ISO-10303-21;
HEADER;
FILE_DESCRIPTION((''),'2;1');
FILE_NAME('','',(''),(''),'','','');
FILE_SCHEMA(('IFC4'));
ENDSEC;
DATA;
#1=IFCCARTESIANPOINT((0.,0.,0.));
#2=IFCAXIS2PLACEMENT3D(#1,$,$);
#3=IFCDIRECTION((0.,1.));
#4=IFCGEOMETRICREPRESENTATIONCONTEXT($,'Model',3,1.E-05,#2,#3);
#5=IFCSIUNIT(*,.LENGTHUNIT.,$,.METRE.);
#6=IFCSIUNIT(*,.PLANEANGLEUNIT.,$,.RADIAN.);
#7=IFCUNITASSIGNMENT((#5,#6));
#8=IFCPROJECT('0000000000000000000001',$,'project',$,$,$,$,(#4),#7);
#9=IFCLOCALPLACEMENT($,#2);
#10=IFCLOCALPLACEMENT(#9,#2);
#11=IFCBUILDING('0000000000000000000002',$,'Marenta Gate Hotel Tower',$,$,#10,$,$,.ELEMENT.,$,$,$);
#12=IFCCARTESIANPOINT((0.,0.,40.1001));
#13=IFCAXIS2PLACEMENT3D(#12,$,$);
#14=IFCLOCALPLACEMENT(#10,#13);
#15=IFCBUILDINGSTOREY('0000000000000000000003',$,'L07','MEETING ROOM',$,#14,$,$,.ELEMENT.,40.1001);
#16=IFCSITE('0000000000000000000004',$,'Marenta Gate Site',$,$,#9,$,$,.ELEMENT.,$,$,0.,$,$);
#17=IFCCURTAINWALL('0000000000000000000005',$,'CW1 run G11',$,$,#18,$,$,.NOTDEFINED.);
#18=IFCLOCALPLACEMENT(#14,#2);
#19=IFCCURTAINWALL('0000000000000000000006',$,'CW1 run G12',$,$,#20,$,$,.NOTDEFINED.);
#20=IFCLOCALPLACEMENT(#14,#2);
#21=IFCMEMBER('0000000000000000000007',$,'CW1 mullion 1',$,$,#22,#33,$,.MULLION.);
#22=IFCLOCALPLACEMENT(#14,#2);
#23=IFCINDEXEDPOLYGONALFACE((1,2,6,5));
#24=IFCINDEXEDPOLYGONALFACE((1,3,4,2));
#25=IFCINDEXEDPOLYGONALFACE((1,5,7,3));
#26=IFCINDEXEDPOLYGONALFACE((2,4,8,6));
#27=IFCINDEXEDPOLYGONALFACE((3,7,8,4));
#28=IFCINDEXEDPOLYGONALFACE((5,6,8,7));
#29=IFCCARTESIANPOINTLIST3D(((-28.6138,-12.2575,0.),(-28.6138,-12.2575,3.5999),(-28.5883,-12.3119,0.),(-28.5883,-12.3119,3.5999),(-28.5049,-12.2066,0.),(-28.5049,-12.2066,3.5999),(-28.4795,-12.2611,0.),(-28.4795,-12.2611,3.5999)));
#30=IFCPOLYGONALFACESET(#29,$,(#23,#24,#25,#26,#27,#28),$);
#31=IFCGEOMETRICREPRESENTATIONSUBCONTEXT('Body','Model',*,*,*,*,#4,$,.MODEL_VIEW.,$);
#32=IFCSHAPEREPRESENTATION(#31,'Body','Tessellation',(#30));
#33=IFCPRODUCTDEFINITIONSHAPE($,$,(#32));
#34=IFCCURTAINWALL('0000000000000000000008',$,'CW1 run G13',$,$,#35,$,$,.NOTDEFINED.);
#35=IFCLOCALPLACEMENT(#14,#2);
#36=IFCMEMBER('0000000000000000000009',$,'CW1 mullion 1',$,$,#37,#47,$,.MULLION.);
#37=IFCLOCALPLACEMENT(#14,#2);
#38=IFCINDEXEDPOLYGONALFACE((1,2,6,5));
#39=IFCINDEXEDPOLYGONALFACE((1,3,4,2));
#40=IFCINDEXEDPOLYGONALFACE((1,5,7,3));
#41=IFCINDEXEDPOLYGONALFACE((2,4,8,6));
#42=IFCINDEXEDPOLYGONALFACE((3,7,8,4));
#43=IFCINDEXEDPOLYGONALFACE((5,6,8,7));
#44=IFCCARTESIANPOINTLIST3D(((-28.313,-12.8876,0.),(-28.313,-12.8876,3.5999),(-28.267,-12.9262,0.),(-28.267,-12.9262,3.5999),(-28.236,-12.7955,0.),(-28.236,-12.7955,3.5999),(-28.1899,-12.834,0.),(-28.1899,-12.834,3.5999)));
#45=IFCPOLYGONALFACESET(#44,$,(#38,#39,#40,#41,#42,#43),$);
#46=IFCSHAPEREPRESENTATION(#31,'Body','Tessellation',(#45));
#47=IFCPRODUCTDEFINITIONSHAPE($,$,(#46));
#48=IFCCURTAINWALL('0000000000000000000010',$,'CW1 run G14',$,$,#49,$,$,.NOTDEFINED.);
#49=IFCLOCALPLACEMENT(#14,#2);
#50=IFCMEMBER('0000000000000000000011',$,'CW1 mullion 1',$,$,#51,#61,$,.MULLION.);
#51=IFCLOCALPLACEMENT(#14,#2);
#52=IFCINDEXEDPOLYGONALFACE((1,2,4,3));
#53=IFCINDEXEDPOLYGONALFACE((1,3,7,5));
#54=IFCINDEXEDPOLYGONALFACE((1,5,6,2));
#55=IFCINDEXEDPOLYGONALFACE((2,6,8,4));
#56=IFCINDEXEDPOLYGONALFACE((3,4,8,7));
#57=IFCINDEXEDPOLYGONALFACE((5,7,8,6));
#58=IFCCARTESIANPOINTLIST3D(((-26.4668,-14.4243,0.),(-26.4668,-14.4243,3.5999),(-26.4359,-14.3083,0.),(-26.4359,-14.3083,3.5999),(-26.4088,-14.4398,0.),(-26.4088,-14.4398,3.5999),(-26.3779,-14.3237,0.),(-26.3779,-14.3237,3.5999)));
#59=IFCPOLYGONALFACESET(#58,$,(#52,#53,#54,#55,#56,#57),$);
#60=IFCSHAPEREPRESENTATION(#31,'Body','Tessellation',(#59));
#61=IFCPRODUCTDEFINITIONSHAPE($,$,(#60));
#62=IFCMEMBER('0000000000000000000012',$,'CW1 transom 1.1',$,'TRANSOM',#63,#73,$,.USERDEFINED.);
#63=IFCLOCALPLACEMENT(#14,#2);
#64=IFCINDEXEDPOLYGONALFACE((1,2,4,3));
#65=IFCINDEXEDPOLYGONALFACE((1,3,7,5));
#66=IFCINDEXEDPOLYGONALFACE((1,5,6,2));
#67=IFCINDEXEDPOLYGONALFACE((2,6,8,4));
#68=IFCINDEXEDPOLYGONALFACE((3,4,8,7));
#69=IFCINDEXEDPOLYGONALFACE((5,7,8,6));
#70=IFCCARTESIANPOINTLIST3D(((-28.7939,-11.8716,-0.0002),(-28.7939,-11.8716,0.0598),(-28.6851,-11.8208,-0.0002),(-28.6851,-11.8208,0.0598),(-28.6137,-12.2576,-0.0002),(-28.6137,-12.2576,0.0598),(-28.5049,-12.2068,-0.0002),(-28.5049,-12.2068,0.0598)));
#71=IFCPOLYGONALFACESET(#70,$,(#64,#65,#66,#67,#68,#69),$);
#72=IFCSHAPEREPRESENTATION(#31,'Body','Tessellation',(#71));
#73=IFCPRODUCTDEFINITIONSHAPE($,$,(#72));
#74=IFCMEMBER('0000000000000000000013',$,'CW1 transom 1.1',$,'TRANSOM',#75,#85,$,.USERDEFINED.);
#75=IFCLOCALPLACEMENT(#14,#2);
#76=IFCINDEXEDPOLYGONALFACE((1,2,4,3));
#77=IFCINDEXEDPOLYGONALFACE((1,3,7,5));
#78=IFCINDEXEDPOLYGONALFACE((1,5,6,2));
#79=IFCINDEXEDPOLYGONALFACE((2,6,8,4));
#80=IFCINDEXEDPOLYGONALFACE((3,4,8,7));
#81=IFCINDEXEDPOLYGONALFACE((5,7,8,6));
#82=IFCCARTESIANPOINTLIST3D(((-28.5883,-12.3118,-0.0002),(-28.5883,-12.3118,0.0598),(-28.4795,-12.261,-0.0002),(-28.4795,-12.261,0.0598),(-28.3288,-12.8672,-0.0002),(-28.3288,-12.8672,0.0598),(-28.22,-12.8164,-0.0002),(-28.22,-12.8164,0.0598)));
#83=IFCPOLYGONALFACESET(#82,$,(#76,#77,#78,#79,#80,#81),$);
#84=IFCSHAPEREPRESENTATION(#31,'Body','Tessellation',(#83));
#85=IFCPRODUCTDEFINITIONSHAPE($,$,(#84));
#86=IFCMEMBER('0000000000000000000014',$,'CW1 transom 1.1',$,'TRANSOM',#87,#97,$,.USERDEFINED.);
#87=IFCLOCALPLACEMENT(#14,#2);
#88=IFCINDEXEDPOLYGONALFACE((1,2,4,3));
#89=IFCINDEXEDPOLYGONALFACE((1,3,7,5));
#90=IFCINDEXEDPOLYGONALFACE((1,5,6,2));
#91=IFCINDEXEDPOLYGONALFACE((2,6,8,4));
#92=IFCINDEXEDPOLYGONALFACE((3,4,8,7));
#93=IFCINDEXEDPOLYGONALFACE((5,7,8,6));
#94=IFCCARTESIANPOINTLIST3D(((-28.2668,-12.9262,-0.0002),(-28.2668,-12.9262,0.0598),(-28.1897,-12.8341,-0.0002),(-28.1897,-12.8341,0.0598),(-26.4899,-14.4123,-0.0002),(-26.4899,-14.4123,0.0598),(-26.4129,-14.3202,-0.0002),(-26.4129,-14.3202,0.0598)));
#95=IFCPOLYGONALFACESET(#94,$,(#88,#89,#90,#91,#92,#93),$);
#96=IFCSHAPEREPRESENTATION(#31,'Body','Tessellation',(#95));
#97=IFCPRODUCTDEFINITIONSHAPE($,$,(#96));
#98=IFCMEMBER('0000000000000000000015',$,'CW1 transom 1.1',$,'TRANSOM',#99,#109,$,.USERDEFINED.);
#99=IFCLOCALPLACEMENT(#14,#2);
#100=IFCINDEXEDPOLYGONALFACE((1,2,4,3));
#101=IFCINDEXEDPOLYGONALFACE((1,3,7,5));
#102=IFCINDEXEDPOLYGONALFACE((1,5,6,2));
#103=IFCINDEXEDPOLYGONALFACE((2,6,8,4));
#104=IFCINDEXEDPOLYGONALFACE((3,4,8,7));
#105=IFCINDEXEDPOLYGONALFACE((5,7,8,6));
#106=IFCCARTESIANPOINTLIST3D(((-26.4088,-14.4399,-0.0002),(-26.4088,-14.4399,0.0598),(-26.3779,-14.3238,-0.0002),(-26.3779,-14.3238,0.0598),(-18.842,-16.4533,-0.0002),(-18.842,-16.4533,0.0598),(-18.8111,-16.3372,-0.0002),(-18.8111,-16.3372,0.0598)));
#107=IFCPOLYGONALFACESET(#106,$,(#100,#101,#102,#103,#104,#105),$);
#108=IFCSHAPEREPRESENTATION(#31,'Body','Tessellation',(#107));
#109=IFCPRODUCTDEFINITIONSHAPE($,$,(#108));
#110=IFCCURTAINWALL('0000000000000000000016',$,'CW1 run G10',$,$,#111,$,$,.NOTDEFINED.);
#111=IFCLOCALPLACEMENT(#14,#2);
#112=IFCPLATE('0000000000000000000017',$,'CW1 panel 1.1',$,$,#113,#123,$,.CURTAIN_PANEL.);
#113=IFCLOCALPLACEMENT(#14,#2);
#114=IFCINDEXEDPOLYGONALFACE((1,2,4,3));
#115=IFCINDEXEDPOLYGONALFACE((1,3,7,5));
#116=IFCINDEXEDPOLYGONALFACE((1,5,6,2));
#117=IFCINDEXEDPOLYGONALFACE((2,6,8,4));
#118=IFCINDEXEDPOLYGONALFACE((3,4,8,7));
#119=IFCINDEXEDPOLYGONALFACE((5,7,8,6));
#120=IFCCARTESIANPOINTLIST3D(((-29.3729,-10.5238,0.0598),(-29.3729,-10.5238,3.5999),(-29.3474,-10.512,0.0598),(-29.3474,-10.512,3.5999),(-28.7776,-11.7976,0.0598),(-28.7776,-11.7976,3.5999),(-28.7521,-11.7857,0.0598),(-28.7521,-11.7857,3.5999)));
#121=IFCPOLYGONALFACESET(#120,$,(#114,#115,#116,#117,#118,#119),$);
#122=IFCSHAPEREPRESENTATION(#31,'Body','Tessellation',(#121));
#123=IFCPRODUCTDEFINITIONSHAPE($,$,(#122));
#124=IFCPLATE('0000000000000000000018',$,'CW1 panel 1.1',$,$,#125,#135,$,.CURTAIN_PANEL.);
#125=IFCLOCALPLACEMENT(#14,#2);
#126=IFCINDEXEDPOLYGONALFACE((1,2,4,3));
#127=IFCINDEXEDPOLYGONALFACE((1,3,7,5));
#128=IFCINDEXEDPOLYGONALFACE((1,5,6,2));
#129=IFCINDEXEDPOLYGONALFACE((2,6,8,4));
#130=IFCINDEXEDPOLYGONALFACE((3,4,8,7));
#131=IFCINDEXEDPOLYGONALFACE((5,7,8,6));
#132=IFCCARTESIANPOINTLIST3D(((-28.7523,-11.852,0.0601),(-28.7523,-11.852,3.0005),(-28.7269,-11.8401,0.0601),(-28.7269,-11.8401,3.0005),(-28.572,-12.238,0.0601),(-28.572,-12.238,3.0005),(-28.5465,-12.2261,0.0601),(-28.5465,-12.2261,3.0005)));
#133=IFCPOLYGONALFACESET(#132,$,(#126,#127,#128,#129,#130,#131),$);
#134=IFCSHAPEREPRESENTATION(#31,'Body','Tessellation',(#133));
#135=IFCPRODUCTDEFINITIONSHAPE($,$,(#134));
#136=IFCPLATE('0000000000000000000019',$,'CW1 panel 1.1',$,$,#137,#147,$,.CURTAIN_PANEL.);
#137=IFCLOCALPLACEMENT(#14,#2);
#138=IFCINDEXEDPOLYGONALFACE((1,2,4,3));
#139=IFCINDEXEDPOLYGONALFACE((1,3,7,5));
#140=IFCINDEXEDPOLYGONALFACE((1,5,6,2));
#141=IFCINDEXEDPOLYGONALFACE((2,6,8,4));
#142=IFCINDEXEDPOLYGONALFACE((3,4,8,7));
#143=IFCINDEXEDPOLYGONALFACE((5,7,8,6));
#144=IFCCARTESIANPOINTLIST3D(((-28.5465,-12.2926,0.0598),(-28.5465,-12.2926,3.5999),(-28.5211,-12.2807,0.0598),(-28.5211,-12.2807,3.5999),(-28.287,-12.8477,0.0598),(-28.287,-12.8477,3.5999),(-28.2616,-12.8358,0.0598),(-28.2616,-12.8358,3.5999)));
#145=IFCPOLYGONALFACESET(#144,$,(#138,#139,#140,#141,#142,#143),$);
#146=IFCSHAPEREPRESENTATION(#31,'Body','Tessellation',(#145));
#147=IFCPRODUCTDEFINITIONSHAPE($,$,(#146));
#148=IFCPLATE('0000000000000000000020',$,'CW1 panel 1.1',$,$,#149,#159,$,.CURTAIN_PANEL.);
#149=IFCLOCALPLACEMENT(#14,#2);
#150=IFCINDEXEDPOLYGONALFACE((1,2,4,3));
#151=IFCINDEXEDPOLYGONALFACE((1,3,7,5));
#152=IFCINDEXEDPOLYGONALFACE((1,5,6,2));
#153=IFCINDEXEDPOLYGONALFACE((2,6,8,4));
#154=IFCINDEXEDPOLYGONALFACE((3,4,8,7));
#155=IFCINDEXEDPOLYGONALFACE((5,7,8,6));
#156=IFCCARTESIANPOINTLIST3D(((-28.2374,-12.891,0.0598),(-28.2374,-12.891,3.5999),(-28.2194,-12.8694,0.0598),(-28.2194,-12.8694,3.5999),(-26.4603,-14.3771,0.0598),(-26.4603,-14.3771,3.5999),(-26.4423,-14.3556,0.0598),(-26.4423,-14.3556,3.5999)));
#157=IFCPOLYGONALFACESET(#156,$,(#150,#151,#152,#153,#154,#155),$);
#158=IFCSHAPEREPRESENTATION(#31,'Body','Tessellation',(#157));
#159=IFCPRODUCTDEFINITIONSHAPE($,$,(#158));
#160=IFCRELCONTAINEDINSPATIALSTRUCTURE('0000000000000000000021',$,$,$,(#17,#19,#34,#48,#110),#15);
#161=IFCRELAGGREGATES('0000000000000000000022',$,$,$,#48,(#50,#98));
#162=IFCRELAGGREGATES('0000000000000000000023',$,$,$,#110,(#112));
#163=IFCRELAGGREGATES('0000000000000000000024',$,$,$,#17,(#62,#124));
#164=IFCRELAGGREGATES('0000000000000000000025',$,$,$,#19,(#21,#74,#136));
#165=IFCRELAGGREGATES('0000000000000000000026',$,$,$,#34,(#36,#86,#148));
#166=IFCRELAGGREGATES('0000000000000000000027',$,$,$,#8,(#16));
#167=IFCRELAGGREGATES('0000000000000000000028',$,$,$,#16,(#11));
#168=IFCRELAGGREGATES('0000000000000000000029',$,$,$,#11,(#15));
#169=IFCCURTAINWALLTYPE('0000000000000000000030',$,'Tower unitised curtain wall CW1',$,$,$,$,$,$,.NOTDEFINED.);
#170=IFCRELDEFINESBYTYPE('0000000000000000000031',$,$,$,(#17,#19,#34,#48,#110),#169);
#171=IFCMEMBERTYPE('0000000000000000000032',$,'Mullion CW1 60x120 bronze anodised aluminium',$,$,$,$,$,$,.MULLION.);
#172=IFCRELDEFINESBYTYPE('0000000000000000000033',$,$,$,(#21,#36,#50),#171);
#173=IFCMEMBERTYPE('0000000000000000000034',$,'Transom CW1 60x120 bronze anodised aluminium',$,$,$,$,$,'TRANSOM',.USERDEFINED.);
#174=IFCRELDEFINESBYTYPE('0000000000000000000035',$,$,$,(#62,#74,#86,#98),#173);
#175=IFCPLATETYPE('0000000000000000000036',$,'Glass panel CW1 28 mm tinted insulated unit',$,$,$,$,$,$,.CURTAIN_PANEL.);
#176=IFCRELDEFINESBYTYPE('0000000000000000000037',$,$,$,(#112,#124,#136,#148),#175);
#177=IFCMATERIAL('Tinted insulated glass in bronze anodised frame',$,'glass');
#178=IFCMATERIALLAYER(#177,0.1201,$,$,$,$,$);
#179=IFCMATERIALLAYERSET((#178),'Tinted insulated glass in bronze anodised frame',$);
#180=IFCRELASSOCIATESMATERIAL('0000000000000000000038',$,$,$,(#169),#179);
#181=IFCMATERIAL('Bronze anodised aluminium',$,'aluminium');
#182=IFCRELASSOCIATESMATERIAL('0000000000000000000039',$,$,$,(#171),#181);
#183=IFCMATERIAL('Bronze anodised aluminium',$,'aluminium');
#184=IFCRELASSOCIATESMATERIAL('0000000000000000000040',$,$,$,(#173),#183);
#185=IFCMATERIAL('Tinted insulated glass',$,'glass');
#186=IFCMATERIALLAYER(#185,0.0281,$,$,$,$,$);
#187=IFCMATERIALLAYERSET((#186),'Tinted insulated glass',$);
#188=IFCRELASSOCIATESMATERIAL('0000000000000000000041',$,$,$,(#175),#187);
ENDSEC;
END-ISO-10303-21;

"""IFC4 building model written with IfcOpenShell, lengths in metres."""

from ifc_helpers import new_model, si_unit, direction, frame, origin, origin_2d, place, context, subcontext, project, spatial, rectangle, extrude, material, layer, layer_set, material_profile, profile_set, type_object, element, aggregate, save


model = new_model("IFC4")

# Units and contexts
model_context = context("Model", 3, precision=1e-05, world=origin(), true_north=direction((0.0, 1.0)))
body_context = subcontext(model_context, "Body", "Model", "MODEL_VIEW")
ifc_project = project(units=[si_unit("LENGTHUNIT", "METRE"), si_unit("PLANEANGLEUNIT", "RADIAN")], contexts=[model_context])

# Site, building, storey
site_placement = place(None, origin())
site = spatial("IfcSite", under=ifc_project, at=site_placement, Name="Marenta Gate Site", CompositionType="ELEMENT", RefElevation=0.0)
building_placement = place(site_placement, origin())
building = spatial("IfcBuilding", under=site, at=building_placement, Name="Marenta Gate Hotel Tower", CompositionType="ELEMENT")
storey_placement = place(building_placement, frame((0.0, 0.0, 40.1001)))
storey = spatial("IfcBuildingStorey", under=building, at=storey_placement, Name="L07", Description="MEETING ROOM", CompositionType="ELEMENT", Elevation=40.1001)

# Curtain walls, members
ifc_material_1 = material(Name="Tinted insulated glass in bronze anodised frame", Category="glass")
ifc_layer_1 = layer(ifc_material_1, 0.1201)
ifc_layer_set_1 = layer_set([ifc_layer_1], Name="Tinted insulated glass in bronze anodised frame")
curtain_wall_type = type_object("IfcCurtainWallType", Name="Tower unitised curtain wall CW1", PredefinedType="NOTDEFINED", material=ifc_layer_set_1)
curtain_wall_1_placement = place(storey_placement, origin())
curtain_wall_1 = element("IfcCurtainWall", 1, at=curtain_wall_1_placement, inside=storey, type_object=curtain_wall_type, Name="CW1 run G11", PredefinedType="NOTDEFINED")
ifc_material_2 = material(Name="Bronze anodised aluminium", Category="aluminium")
ifc_material_profile_1 = material_profile(ifc_material_2, rectangle(XDim=0.1201, YDim=0.0601, at=origin_2d()), Name="Mullion CW1 60x120 bronze anodised aluminium")
ifc_profile_set_1 = profile_set([ifc_material_profile_1], Name="Bronze anodised aluminium")
member_type_1 = type_object("IfcMemberType", Name="Mullion CW1 60x120 bronze anodised aluminium", PredefinedType="MULLION", material=ifc_profile_set_1)
curtain_wall_2_placement = place(storey_placement, origin())
curtain_wall_2 = element("IfcCurtainWall", 2, at=curtain_wall_2_placement, inside=storey, type_object=curtain_wall_type, Name="CW1 run G12", PredefinedType="NOTDEFINED")
member_1_placement = place(storey_placement, frame((-28.5466, -12.2593, 0.0), z_axis=(0.0, 0.0, 1.0), x_axis=(0.905944, 0.423398, 0.0)))
member_1 = element("IfcMember", 3, at=member_1_placement, type_object=member_type_1, Name="CW1 mullion 1", PredefinedType="MULLION", context=body_context, shape_type="SweptSolid", body=[
    extrude(rectangle(XDim=0.1201, YDim=0.0601, at=origin_2d()), origin(), (0.0, 0.0, 1.0), 3.5999),
])
curtain_wall_3_placement = place(storey_placement, origin())
curtain_wall_3 = element("IfcCurtainWall", 4, at=curtain_wall_3_placement, inside=storey, type_object=curtain_wall_type, Name="CW1 run G13", PredefinedType="NOTDEFINED")
member_2_placement = place(storey_placement, frame((-28.2515, -12.8608, 0.0), z_axis=(0.0, 0.0, 1.0), x_axis=(0.641512, 0.767113, 0.0)))
member_2 = element("IfcMember", 5, at=member_2_placement, type_object=member_type_1, Name="CW1 mullion 1", PredefinedType="MULLION", context=body_context, shape_type="SweptSolid", body=[
    extrude(rectangle(XDim=0.1201, YDim=0.0601, at=origin_2d()), origin(), (0.0, 0.0, 1.0), 3.5999),
])
curtain_wall_4_placement = place(storey_placement, origin())
curtain_wall_4 = element("IfcCurtainWall", 6, at=curtain_wall_4_placement, inside=storey, type_object=curtain_wall_type, Name="CW1 run G14", PredefinedType="NOTDEFINED")
member_3_placement = place(storey_placement, frame((-26.4224, -14.374, 0.0), z_axis=(0.0, 0.0, 1.0), x_axis=(0.257144, 0.966373, 0.0)))
member_3 = element("IfcMember", 7, at=member_3_placement, type_object=member_type_1, Name="CW1 mullion 1", PredefinedType="MULLION", context=body_context, shape_type="SweptSolid", body=[
    extrude(rectangle(XDim=0.1201, YDim=0.0601, at=origin_2d()), origin(), (0.0, 0.0, 1.0), 3.5999),
])

# Members
ifc_material_3 = material(Name="Bronze anodised aluminium", Category="aluminium")
ifc_material_profile_2 = material_profile(ifc_material_3, rectangle(XDim=0.1201, YDim=0.0601, at=origin_2d()), Name="Transom CW1 60x120 bronze anodised aluminium")
ifc_profile_set_2 = profile_set([ifc_material_profile_2], Name="Bronze anodised aluminium")
member_type_2 = type_object("IfcMemberType", Name="Transom CW1 60x120 bronze anodised aluminium", ElementType="TRANSOM", PredefinedType="USERDEFINED", material=ifc_profile_set_2)
member_4_placement = place(storey_placement, frame((-28.7395, -11.8462, 0.0298), z_axis=(0.42298, -0.906139, 0.0), x_axis=(0.906139, 0.42298, 0.0)))
member_4 = element("IfcMember", 8, at=member_4_placement, type_object=member_type_2, Name="CW1 transom 1.1", ObjectType="TRANSOM", PredefinedType="USERDEFINED", context=body_context, shape_type="SweptSolid", body=[
    extrude(rectangle(XDim=0.1201, YDim=0.0601, at=origin_2d()), origin(), (0.0, 0.0, 1.0), 0.426),
])
member_5_placement = place(storey_placement, frame((-28.5339, -12.2864, 0.0298), z_axis=(0.423321, -0.90598, 0.0), x_axis=(0.90598, 0.423321, 0.0)))
member_5 = element("IfcMember", 9, at=member_5_placement, type_object=member_type_2, Name="CW1 transom 1.1", ObjectType="TRANSOM", PredefinedType="USERDEFINED", context=body_context, shape_type="SweptSolid", body=[
    extrude(rectangle(XDim=0.1201, YDim=0.0601, at=origin_2d()), origin(), (0.0, 0.0, 1.0), 0.613),
])
member_6_placement = place(storey_placement, frame((-28.2283, -12.8801, 0.0298), z_axis=(0.76708, -0.641552, 0.0), x_axis=(0.641552, 0.76708, 0.0)))
member_6 = element("IfcMember", 10, at=member_6_placement, type_object=member_type_2, Name="CW1 transom 1.1", ObjectType="TRANSOM", PredefinedType="USERDEFINED", context=body_context, shape_type="SweptSolid", body=[
    extrude(rectangle(XDim=0.1201, YDim=0.0601, at=origin_2d()), origin(), (0.0, 0.0, 1.0), 2.3164),
])
member_7_placement = place(storey_placement, frame((-26.3933, -14.3818, 0.0298), z_axis=(0.966375, -0.257137, 0.0), x_axis=(0.257137, 0.966375, 0.0)))
member_7 = element("IfcMember", 11, at=member_7_placement, type_object=member_type_2, Name="CW1 transom 1.1", ObjectType="TRANSOM", PredefinedType="USERDEFINED", context=body_context, shape_type="SweptSolid", body=[
    extrude(rectangle(XDim=0.1201, YDim=0.0601, at=origin_2d()), origin(), (0.0, 0.0, 1.0), 7.8301),
])
aggregate(curtain_wall_4, [member_3, member_7])

# Curtain wall, plate
curtain_wall_5_placement = place(storey_placement, origin())
curtain_wall_5 = element("IfcCurtainWall", 12, at=curtain_wall_5_placement, inside=storey, type_object=curtain_wall_type, Name="CW1 run G10", PredefinedType="NOTDEFINED")
ifc_material_4 = material(Name="Tinted insulated glass", Category="glass")
ifc_layer_2 = layer(ifc_material_4, 0.0281)
ifc_layer_set_2 = layer_set([ifc_layer_2], Name="Tinted insulated glass")
plate_type = type_object("IfcPlateType", Name="Glass panel CW1 28 mm tinted insulated unit", PredefinedType="CURTAIN_PANEL", material=ifc_layer_set_2)
plate_1_placement = place(storey_placement, frame((-29.0625, -11.1548, 0.0598), z_axis=(0.0, 0.0, 1.0), x_axis=(0.423375, -0.905955, 0.0)))
plate_1 = element("IfcPlate", 13, at=plate_1_placement, type_object=plate_type, Name="CW1 panel 1.1", PredefinedType="CURTAIN_PANEL", context=body_context, shape_type="SweptSolid", body=[
    extrude(rectangle(XDim=1.406, YDim=0.0281, at=origin_2d()), origin(), (0.0, 0.0, 1.0), 3.54),
])
aggregate(curtain_wall_5, [plate_1])

# Plates
plate_2_placement = place(storey_placement, frame((-28.6494, -12.0391, 0.0601), z_axis=(0.0, 0.0, 1.0), x_axis=(0.423268, -0.906004, 0.0)))
plate_2 = element("IfcPlate", 14, at=plate_2_placement, type_object=plate_type, Name="CW1 panel 1.1", PredefinedType="CURTAIN_PANEL", context=body_context, shape_type="SweptSolid", body=[
    extrude(rectangle(XDim=0.426, YDim=0.0281, at=origin_2d()), origin(), (0.0, 0.0, 1.0), 2.9404),
])
aggregate(curtain_wall_1, [member_4, plate_2])
plate_3_placement = place(storey_placement, frame((-28.4041, -12.5642, 0.0598), z_axis=(0.0, 0.0, 1.0), x_axis=(0.423398, -0.905944, 0.0)))
plate_3 = element("IfcPlate", 15, at=plate_3_placement, type_object=plate_type, Name="CW1 panel 1.1", PredefinedType="CURTAIN_PANEL", context=body_context, shape_type="SweptSolid", body=[
    extrude(rectangle(XDim=0.6128, YDim=0.0281, at=origin_2d()), origin(), (0.0, 0.0, 1.0), 3.54),
])
aggregate(curtain_wall_2, [member_1, member_5, plate_3])
plate_4_placement = place(storey_placement, frame((-27.3398, -13.6233, 0.0598), z_axis=(0.0, 0.0, 1.0), x_axis=(0.767113, -0.641512, 0.0)))
plate_4 = element("IfcPlate", 16, at=plate_4_placement, type_object=plate_type, Name="CW1 panel 1.1", PredefinedType="CURTAIN_PANEL", context=body_context, shape_type="SweptSolid", body=[
    extrude(rectangle(XDim=2.3167, YDim=0.0281, at=origin_2d()), origin(), (0.0, 0.0, 1.0), 3.54),
])
aggregate(curtain_wall_3, [member_2, member_6, plate_4])

save(model, "model.ifc")
